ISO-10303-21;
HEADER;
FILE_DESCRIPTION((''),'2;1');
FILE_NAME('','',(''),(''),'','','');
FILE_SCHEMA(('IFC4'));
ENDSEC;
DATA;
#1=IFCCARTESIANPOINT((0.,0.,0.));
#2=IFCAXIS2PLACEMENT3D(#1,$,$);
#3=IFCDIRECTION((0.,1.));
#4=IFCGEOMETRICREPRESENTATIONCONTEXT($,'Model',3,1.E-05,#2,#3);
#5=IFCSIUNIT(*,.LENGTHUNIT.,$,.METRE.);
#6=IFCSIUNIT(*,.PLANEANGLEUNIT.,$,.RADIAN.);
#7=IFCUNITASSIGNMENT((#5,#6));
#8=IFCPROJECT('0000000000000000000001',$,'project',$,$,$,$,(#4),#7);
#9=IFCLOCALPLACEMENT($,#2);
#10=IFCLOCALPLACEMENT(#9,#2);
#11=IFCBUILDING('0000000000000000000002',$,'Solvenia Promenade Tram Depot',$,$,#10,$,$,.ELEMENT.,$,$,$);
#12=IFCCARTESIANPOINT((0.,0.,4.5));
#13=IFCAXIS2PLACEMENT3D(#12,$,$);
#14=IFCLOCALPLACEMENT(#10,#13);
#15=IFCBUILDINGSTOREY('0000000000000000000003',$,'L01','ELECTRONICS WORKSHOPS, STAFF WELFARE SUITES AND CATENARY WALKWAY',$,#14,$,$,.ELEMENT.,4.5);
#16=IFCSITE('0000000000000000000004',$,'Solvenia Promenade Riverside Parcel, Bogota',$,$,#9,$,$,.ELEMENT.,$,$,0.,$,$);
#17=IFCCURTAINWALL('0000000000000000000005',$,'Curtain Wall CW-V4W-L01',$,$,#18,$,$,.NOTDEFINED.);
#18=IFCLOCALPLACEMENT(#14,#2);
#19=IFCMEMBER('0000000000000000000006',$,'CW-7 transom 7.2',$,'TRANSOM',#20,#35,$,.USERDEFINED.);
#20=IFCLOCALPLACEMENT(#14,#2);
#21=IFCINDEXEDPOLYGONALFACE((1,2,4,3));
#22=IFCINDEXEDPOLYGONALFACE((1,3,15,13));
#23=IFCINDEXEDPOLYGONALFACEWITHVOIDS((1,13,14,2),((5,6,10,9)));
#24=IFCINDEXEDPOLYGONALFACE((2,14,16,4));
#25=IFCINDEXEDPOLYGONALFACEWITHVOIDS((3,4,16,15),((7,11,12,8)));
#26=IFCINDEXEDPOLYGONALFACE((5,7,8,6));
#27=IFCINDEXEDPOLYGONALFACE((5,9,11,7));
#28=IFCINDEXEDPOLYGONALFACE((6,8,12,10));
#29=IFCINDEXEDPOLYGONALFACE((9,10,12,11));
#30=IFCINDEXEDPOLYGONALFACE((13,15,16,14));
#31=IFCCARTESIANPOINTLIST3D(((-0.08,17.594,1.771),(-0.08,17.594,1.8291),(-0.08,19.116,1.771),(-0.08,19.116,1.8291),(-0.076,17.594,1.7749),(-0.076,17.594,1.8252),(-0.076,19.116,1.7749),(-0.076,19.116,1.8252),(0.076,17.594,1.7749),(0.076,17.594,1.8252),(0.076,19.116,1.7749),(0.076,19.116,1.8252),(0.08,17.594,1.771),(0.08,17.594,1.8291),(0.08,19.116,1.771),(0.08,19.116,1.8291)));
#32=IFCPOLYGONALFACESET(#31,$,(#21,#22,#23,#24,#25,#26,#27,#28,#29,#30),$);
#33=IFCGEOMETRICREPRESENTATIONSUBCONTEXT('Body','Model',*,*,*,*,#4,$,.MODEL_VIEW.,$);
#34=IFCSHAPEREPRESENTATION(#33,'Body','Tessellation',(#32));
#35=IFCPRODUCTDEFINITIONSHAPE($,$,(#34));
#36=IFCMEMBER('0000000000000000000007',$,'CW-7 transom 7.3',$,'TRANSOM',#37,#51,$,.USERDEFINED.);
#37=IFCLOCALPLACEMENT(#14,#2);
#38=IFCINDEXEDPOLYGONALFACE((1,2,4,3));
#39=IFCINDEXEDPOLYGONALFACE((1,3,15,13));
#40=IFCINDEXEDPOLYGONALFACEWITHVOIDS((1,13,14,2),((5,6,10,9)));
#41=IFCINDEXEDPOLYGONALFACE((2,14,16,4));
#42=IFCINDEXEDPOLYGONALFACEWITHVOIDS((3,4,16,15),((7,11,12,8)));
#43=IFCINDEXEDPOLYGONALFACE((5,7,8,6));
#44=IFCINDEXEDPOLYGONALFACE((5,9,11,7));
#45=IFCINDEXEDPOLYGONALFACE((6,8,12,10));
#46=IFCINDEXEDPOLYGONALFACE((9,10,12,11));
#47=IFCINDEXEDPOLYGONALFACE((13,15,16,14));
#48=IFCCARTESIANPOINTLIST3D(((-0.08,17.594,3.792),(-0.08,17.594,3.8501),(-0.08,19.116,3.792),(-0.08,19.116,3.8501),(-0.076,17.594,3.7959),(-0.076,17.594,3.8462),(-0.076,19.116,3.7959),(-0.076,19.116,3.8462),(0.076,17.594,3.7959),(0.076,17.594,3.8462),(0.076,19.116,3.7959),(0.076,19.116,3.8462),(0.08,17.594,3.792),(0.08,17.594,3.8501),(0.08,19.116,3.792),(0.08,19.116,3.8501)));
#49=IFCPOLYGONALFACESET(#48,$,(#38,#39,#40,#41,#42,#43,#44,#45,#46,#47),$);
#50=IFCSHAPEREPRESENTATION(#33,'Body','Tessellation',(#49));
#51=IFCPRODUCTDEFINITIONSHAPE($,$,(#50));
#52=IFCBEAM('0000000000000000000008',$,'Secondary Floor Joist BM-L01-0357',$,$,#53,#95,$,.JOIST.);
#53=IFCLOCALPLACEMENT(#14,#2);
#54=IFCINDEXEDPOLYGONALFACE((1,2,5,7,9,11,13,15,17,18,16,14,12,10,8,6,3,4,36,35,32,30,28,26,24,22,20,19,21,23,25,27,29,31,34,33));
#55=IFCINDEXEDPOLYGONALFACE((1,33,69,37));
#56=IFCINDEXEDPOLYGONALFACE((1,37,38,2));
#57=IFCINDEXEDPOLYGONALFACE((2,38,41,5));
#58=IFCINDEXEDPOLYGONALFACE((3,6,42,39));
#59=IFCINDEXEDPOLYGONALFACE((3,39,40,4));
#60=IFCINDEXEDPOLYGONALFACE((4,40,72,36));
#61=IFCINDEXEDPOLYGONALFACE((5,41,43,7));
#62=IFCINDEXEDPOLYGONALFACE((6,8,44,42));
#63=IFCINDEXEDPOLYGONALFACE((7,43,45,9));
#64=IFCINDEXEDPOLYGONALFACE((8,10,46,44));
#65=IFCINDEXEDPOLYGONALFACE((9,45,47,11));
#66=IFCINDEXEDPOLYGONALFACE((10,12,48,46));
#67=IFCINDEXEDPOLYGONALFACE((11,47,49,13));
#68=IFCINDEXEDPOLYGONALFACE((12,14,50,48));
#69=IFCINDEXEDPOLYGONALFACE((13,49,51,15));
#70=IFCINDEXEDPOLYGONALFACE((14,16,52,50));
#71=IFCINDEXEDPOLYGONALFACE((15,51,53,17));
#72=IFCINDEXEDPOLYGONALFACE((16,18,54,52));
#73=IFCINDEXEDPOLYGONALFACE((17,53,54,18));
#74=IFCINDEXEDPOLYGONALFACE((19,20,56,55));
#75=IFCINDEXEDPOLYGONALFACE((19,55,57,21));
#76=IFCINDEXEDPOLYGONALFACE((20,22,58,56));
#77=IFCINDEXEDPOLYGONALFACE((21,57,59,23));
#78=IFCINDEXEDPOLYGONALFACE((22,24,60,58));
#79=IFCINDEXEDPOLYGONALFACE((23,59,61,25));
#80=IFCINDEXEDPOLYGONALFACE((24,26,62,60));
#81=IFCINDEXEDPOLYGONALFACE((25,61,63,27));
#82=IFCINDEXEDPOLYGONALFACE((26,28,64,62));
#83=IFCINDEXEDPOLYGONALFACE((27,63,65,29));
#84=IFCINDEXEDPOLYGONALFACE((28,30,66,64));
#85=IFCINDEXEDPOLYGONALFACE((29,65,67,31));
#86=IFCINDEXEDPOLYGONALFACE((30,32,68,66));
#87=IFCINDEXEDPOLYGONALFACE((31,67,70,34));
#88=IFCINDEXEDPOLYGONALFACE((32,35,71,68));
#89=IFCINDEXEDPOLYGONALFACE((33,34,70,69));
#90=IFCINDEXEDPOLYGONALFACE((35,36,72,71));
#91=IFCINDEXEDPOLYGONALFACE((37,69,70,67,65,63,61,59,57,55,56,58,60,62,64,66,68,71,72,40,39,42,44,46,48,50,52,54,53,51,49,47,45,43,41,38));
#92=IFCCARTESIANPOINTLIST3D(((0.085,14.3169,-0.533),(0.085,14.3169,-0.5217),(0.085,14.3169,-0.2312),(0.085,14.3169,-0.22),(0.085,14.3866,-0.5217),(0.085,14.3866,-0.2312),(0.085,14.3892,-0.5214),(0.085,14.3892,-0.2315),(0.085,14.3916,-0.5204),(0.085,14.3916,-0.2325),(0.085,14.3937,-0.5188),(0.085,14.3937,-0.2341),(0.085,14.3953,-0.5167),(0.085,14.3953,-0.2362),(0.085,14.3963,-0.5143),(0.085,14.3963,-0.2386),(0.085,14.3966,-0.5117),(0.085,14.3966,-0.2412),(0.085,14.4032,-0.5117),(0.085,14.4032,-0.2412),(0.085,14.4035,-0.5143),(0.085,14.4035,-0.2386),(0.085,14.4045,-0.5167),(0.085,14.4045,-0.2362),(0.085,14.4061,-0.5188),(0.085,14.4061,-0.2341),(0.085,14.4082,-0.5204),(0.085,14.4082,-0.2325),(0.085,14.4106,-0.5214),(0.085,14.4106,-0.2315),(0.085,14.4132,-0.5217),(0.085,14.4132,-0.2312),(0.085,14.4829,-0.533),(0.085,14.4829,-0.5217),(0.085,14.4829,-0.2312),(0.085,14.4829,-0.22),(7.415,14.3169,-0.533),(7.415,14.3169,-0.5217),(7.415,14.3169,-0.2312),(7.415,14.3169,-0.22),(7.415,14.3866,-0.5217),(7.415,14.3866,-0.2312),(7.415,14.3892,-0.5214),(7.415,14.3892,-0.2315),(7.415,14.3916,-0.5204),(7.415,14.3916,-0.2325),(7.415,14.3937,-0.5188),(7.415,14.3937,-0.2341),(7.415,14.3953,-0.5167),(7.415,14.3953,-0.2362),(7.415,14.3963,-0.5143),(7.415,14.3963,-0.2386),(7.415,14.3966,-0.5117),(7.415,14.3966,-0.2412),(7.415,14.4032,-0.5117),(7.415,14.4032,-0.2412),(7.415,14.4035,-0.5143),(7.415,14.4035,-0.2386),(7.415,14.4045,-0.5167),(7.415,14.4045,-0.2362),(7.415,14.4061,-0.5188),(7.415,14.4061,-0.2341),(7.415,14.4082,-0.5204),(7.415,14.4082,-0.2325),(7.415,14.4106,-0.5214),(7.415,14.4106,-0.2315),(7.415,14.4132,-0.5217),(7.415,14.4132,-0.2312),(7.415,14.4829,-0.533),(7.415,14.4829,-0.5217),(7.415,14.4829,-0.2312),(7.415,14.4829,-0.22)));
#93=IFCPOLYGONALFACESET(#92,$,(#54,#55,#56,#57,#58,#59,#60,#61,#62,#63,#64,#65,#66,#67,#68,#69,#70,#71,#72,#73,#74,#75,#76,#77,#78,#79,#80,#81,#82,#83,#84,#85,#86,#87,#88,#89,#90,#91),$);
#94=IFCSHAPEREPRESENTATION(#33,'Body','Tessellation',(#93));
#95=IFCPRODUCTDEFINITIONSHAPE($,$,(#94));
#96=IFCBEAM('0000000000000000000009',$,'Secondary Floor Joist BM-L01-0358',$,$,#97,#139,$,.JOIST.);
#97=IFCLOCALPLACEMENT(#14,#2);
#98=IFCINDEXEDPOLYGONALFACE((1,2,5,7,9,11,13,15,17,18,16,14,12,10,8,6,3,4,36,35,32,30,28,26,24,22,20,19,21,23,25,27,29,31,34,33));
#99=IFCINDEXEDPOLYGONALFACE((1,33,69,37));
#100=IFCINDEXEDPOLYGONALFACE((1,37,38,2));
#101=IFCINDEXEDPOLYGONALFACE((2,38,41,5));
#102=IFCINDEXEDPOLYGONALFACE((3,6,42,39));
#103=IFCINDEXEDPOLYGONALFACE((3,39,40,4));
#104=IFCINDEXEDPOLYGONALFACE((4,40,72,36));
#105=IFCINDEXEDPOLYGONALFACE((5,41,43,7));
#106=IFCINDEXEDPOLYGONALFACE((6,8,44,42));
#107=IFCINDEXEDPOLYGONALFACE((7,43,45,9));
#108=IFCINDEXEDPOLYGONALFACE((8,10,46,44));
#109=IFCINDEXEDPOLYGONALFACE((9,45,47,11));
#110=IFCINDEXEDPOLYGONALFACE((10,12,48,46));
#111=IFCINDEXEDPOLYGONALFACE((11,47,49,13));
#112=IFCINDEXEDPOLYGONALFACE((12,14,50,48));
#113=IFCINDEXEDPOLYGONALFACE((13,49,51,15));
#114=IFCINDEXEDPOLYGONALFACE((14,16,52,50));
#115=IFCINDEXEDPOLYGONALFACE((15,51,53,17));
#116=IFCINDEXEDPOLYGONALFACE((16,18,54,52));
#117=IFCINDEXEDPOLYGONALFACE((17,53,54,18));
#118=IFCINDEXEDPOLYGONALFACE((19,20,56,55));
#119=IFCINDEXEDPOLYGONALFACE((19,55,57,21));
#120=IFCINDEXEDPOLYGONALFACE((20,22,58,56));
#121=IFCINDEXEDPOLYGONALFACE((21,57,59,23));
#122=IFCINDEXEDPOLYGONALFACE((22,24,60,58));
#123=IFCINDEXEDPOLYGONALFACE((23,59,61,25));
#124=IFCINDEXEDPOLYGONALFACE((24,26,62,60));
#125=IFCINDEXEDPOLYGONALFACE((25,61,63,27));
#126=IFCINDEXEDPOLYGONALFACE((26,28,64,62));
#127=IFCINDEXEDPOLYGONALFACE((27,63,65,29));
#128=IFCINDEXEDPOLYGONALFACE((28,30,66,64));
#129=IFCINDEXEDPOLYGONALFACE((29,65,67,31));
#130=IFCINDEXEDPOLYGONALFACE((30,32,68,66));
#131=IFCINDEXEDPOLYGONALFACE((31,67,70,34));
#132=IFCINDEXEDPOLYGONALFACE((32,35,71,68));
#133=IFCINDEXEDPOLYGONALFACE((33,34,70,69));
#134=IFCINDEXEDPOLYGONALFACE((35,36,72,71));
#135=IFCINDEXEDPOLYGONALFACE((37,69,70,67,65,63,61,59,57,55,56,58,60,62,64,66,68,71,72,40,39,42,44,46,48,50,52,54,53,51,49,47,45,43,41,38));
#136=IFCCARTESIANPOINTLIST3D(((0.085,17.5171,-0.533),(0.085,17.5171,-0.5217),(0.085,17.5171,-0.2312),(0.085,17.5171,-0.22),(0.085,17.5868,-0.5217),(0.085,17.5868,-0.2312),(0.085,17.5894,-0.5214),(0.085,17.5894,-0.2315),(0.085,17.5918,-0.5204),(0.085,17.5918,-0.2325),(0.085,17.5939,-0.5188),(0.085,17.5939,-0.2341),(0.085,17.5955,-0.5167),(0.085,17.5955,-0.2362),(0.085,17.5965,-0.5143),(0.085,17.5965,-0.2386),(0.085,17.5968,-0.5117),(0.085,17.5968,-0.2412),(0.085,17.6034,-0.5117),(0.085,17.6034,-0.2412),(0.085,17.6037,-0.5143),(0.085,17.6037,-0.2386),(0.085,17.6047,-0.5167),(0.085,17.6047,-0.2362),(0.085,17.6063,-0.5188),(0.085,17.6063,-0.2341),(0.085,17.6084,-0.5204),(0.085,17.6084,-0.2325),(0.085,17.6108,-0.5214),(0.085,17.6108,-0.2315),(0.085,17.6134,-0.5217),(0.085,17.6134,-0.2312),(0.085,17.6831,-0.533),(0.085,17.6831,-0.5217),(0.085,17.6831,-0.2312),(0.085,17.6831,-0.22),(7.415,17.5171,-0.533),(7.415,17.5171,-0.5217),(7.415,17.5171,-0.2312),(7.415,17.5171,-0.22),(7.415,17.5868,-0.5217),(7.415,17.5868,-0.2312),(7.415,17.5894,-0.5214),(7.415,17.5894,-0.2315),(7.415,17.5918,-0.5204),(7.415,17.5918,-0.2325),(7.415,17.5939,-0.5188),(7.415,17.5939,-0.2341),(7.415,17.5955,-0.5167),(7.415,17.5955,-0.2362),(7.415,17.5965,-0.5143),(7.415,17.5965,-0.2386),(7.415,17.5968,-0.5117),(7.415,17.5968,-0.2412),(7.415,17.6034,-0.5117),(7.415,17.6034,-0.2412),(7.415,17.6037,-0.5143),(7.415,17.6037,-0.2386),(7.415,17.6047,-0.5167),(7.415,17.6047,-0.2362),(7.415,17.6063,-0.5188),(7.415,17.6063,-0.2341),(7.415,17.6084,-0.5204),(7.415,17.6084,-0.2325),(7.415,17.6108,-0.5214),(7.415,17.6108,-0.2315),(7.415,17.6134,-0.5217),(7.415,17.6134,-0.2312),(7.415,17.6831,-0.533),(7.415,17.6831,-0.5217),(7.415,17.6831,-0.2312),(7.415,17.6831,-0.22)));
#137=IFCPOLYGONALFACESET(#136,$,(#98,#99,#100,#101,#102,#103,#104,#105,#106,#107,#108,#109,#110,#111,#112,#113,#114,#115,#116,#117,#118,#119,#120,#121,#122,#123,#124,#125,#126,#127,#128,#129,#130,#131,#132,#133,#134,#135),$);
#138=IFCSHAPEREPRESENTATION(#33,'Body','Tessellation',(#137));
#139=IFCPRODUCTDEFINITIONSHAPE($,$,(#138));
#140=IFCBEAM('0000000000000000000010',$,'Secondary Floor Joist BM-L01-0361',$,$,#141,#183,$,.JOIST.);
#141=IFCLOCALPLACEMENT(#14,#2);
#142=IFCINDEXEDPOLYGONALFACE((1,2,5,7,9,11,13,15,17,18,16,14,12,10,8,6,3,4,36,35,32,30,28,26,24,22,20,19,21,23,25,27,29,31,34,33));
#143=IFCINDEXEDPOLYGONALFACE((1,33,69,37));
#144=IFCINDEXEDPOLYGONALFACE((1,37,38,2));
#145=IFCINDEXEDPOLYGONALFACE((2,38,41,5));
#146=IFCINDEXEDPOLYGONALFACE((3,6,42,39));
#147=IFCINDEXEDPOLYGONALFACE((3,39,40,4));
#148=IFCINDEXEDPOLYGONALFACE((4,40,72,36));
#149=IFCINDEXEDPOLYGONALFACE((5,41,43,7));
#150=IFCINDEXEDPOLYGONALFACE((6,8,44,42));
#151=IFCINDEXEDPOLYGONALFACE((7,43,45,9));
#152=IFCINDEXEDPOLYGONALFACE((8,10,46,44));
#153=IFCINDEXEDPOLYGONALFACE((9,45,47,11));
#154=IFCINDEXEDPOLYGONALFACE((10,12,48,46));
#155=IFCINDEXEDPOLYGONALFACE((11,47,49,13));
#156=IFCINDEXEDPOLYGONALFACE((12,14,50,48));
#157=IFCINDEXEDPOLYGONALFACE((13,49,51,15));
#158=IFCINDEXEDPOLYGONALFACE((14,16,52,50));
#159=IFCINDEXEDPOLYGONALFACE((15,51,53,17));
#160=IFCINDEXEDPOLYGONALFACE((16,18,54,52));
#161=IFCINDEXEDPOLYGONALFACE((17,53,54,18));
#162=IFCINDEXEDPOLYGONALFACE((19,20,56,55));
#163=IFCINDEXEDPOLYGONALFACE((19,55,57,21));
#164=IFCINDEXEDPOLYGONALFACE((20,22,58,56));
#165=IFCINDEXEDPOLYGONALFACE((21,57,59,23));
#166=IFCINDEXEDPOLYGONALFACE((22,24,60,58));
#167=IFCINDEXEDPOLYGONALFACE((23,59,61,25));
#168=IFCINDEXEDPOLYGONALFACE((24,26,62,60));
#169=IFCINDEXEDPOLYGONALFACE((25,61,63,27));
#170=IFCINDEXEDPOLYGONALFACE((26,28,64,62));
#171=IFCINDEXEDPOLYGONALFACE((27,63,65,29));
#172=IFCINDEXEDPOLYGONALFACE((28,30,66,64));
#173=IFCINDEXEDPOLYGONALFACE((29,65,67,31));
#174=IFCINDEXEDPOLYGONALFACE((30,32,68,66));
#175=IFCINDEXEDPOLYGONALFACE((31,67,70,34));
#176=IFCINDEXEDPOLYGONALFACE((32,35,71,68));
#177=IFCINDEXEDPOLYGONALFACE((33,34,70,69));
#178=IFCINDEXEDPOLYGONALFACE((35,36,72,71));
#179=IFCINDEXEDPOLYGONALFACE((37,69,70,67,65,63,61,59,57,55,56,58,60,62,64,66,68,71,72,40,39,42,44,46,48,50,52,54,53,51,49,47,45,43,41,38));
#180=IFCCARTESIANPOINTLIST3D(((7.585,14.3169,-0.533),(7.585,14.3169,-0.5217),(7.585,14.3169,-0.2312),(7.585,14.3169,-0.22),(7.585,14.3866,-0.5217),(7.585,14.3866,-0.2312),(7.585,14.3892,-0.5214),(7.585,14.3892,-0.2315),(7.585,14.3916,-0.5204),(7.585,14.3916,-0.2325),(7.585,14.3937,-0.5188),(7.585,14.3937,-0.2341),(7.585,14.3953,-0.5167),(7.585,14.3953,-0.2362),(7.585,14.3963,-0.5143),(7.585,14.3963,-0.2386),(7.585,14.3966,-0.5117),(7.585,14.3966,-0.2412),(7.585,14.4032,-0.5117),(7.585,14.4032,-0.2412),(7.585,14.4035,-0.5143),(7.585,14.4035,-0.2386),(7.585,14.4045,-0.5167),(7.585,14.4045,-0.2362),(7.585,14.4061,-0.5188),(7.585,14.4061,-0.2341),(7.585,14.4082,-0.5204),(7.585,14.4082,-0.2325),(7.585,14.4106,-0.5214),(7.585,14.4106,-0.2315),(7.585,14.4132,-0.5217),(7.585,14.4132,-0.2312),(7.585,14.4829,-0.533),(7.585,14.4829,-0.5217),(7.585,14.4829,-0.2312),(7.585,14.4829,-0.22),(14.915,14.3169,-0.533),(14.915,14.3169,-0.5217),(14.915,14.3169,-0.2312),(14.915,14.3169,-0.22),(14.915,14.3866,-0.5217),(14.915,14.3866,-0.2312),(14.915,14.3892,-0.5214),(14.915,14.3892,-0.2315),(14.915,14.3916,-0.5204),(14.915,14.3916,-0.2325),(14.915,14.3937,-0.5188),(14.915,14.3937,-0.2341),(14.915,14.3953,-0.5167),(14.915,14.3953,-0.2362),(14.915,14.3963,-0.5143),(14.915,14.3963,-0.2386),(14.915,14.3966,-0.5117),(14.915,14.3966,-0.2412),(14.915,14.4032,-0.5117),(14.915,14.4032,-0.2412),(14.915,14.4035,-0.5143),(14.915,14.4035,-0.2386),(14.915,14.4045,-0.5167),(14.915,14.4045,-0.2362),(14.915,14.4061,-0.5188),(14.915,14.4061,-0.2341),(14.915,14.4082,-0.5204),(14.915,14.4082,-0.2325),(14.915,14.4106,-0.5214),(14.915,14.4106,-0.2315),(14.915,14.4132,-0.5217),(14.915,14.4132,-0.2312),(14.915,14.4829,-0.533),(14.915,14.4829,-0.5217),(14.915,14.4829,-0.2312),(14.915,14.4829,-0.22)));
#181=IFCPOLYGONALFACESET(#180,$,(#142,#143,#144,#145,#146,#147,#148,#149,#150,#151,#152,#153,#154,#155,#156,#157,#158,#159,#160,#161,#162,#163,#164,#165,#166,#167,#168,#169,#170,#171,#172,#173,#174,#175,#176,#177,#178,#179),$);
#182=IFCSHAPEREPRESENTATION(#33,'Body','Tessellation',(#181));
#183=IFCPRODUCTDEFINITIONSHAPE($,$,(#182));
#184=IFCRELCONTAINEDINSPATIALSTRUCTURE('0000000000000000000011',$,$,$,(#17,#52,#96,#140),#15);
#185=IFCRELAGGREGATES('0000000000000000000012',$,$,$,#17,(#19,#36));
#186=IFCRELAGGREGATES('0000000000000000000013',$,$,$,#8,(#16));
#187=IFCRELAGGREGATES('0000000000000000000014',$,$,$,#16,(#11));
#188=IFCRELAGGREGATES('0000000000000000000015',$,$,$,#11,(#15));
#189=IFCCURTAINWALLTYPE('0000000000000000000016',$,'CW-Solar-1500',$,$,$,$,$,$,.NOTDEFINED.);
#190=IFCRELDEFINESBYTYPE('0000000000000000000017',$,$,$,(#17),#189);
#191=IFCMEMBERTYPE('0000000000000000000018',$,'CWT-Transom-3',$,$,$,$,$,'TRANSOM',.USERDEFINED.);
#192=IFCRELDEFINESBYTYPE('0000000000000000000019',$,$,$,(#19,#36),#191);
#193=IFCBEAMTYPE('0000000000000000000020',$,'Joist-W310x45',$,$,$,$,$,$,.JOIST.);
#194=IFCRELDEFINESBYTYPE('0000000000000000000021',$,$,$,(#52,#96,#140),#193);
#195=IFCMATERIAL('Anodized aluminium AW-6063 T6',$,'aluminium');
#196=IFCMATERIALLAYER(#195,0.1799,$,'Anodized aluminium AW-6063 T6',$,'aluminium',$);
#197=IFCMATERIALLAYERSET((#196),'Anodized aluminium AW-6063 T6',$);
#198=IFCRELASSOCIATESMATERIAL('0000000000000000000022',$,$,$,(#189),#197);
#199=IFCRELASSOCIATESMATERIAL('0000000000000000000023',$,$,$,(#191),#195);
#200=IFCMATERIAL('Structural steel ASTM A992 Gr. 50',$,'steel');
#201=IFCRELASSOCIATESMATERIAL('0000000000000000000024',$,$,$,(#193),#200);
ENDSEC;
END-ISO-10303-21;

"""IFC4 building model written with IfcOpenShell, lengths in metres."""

from ifc_helpers import new_model, si_unit, direction, frame, origin, origin_2d, place, context, subcontext, project, spatial, hollow_rectangle, i_section, extrude, material, layer, layer_set, material_profile, profile_set, type_object, element, aggregate, save


model = new_model("IFC4")

# Units and contexts
model_context = context("Model", 3, precision=1e-05, world=origin(), true_north=direction((0.0, 1.0)))
body_context = subcontext(model_context, "Body", "Model", "MODEL_VIEW")
ifc_project = project(units=[si_unit("LENGTHUNIT", "METRE"), si_unit("PLANEANGLEUNIT", "RADIAN")], contexts=[model_context])

# Site, building, storey
site_placement = place(None, origin())
site = spatial("IfcSite", under=ifc_project, at=site_placement, Name="Solvenia Promenade Riverside Parcel, Bogota", CompositionType="ELEMENT", RefElevation=0.0)
building_placement = place(site_placement, origin())
building = spatial("IfcBuilding", under=site, at=building_placement, Name="Solvenia Promenade Tram Depot", CompositionType="ELEMENT")
storey_placement = place(building_placement, frame((0.0, 0.0, 4.5)))
storey = spatial("IfcBuildingStorey", under=building, at=storey_placement, Name="L01", Description="ELECTRONICS WORKSHOPS, STAFF WELFARE SUITES AND CATENARY WALKWAY", CompositionType="ELEMENT", Elevation=4.5)

# Curtain wall, members
ifc_material_1 = material(Name="Anodized aluminium AW-6063 T6", Category="aluminium")
ifc_layer_1 = layer(ifc_material_1, 0.1799, Name="Anodized aluminium AW-6063 T6", Category="aluminium")
ifc_layer_set_1 = layer_set([ifc_layer_1], Name="Anodized aluminium AW-6063 T6")
curtain_wall_type = type_object("IfcCurtainWallType", Name="CW-Solar-1500", PredefinedType="NOTDEFINED", material=ifc_layer_set_1)
curtain_wall_placement = place(storey_placement, origin())
curtain_wall = element("IfcCurtainWall", 1, at=curtain_wall_placement, inside=storey, type_object=curtain_wall_type, Name="Curtain Wall CW-V4W-L01", PredefinedType="NOTDEFINED")
ifc_material_profile_1 = material_profile(ifc_material_1, hollow_rectangle(XDim=0.1599, YDim=0.0581, WallThickness=0.0039, at=origin_2d()), Name="ALU-T3", Category="aluminium")
ifc_profile_set_1 = profile_set([ifc_material_profile_1], Name="Anodized aluminium AW-6063 T6")
member_type_1 = type_object("IfcMemberType", Name="CWT-Transom-3", ElementType="TRANSOM", PredefinedType="USERDEFINED", material=ifc_profile_set_1)
member_1_placement = place(storey_placement, frame((0.0, 17.594, 1.8), z_axis=(0.0, 1.0, 0.0), x_axis=(-1.0, 0.0, 0.0)))
member_1 = element("IfcMember", 2, at=member_1_placement, type_object=member_type_1, Name="CW-7 transom 7.2", ObjectType="TRANSOM", PredefinedType="USERDEFINED", context=body_context, shape_type="SweptSolid", body=[
    extrude(hollow_rectangle(XDim=0.1599, YDim=0.0581, WallThickness=0.0039, at=origin_2d()), origin(), (0.0, 0.0, 1.0), 1.522),
])
member_2_placement = place(storey_placement, frame((0.0, 17.594, 3.821), z_axis=(0.0, 1.0, 0.0), x_axis=(-1.0, 0.0, 0.0)))
member_2 = element("IfcMember", 3, at=member_2_placement, type_object=member_type_1, Name="CW-7 transom 7.3", ObjectType="TRANSOM", PredefinedType="USERDEFINED", context=body_context, shape_type="SweptSolid", body=[
    extrude(hollow_rectangle(XDim=0.1599, YDim=0.0581, WallThickness=0.0039, at=origin_2d()), origin(), (0.0, 0.0, 1.0), 1.522),
])

# Beams
ifc_material_2 = material(Name="Structural steel ASTM A992 Gr. 50", Category="steel")
ifc_material_profile_2 = material_profile(ifc_material_2, i_section(OverallWidth=0.166, OverallDepth=0.313, WebThickness=0.0066, FlangeThickness=0.0112, FilletRadius=0.01, at=origin_2d()), Name="W310x45", Category="steel")
ifc_profile_set_2 = profile_set([ifc_material_profile_2], Name="Structural steel ASTM A992 Gr. 50")
beam_type = type_object("IfcBeamType", Name="Joist-W310x45", PredefinedType="JOIST", material=ifc_profile_set_2)
for number, where, z_axis, x_axis, name in (
    (4, (0.085, 14.3999, -0.3765), (1.0, 0.0, 0.0), (0.0, 1.0, 0.0), "Secondary Floor Joist BM-L01-0357"),
    (5, (0.085, 17.6001, -0.3765), (1.0, 0.0, 0.0), (0.0, 1.0, 0.0), "Secondary Floor Joist BM-L01-0358"),
    (6, (7.585, 14.3999, -0.3765), (1.0, 0.0, 0.0), (0.0, 1.0, 0.0), "Secondary Floor Joist BM-L01-0361"),
):
    element("IfcBeam", number, at=place(storey_placement, frame(where, z_axis=z_axis, x_axis=x_axis)), inside=storey, type_object=beam_type, Name=name, PredefinedType="JOIST", context=body_context, shape_type="SweptSolid", body=[
        extrude(i_section(OverallWidth=0.166, OverallDepth=0.313, WebThickness=0.0066, FlangeThickness=0.0112, FilletRadius=0.01, at=origin_2d()), origin(), (0.0, 0.0, 1.0), 7.3301),
    ])

aggregate(curtain_wall, [member_1, member_2])

save(model, "model.ifc")
